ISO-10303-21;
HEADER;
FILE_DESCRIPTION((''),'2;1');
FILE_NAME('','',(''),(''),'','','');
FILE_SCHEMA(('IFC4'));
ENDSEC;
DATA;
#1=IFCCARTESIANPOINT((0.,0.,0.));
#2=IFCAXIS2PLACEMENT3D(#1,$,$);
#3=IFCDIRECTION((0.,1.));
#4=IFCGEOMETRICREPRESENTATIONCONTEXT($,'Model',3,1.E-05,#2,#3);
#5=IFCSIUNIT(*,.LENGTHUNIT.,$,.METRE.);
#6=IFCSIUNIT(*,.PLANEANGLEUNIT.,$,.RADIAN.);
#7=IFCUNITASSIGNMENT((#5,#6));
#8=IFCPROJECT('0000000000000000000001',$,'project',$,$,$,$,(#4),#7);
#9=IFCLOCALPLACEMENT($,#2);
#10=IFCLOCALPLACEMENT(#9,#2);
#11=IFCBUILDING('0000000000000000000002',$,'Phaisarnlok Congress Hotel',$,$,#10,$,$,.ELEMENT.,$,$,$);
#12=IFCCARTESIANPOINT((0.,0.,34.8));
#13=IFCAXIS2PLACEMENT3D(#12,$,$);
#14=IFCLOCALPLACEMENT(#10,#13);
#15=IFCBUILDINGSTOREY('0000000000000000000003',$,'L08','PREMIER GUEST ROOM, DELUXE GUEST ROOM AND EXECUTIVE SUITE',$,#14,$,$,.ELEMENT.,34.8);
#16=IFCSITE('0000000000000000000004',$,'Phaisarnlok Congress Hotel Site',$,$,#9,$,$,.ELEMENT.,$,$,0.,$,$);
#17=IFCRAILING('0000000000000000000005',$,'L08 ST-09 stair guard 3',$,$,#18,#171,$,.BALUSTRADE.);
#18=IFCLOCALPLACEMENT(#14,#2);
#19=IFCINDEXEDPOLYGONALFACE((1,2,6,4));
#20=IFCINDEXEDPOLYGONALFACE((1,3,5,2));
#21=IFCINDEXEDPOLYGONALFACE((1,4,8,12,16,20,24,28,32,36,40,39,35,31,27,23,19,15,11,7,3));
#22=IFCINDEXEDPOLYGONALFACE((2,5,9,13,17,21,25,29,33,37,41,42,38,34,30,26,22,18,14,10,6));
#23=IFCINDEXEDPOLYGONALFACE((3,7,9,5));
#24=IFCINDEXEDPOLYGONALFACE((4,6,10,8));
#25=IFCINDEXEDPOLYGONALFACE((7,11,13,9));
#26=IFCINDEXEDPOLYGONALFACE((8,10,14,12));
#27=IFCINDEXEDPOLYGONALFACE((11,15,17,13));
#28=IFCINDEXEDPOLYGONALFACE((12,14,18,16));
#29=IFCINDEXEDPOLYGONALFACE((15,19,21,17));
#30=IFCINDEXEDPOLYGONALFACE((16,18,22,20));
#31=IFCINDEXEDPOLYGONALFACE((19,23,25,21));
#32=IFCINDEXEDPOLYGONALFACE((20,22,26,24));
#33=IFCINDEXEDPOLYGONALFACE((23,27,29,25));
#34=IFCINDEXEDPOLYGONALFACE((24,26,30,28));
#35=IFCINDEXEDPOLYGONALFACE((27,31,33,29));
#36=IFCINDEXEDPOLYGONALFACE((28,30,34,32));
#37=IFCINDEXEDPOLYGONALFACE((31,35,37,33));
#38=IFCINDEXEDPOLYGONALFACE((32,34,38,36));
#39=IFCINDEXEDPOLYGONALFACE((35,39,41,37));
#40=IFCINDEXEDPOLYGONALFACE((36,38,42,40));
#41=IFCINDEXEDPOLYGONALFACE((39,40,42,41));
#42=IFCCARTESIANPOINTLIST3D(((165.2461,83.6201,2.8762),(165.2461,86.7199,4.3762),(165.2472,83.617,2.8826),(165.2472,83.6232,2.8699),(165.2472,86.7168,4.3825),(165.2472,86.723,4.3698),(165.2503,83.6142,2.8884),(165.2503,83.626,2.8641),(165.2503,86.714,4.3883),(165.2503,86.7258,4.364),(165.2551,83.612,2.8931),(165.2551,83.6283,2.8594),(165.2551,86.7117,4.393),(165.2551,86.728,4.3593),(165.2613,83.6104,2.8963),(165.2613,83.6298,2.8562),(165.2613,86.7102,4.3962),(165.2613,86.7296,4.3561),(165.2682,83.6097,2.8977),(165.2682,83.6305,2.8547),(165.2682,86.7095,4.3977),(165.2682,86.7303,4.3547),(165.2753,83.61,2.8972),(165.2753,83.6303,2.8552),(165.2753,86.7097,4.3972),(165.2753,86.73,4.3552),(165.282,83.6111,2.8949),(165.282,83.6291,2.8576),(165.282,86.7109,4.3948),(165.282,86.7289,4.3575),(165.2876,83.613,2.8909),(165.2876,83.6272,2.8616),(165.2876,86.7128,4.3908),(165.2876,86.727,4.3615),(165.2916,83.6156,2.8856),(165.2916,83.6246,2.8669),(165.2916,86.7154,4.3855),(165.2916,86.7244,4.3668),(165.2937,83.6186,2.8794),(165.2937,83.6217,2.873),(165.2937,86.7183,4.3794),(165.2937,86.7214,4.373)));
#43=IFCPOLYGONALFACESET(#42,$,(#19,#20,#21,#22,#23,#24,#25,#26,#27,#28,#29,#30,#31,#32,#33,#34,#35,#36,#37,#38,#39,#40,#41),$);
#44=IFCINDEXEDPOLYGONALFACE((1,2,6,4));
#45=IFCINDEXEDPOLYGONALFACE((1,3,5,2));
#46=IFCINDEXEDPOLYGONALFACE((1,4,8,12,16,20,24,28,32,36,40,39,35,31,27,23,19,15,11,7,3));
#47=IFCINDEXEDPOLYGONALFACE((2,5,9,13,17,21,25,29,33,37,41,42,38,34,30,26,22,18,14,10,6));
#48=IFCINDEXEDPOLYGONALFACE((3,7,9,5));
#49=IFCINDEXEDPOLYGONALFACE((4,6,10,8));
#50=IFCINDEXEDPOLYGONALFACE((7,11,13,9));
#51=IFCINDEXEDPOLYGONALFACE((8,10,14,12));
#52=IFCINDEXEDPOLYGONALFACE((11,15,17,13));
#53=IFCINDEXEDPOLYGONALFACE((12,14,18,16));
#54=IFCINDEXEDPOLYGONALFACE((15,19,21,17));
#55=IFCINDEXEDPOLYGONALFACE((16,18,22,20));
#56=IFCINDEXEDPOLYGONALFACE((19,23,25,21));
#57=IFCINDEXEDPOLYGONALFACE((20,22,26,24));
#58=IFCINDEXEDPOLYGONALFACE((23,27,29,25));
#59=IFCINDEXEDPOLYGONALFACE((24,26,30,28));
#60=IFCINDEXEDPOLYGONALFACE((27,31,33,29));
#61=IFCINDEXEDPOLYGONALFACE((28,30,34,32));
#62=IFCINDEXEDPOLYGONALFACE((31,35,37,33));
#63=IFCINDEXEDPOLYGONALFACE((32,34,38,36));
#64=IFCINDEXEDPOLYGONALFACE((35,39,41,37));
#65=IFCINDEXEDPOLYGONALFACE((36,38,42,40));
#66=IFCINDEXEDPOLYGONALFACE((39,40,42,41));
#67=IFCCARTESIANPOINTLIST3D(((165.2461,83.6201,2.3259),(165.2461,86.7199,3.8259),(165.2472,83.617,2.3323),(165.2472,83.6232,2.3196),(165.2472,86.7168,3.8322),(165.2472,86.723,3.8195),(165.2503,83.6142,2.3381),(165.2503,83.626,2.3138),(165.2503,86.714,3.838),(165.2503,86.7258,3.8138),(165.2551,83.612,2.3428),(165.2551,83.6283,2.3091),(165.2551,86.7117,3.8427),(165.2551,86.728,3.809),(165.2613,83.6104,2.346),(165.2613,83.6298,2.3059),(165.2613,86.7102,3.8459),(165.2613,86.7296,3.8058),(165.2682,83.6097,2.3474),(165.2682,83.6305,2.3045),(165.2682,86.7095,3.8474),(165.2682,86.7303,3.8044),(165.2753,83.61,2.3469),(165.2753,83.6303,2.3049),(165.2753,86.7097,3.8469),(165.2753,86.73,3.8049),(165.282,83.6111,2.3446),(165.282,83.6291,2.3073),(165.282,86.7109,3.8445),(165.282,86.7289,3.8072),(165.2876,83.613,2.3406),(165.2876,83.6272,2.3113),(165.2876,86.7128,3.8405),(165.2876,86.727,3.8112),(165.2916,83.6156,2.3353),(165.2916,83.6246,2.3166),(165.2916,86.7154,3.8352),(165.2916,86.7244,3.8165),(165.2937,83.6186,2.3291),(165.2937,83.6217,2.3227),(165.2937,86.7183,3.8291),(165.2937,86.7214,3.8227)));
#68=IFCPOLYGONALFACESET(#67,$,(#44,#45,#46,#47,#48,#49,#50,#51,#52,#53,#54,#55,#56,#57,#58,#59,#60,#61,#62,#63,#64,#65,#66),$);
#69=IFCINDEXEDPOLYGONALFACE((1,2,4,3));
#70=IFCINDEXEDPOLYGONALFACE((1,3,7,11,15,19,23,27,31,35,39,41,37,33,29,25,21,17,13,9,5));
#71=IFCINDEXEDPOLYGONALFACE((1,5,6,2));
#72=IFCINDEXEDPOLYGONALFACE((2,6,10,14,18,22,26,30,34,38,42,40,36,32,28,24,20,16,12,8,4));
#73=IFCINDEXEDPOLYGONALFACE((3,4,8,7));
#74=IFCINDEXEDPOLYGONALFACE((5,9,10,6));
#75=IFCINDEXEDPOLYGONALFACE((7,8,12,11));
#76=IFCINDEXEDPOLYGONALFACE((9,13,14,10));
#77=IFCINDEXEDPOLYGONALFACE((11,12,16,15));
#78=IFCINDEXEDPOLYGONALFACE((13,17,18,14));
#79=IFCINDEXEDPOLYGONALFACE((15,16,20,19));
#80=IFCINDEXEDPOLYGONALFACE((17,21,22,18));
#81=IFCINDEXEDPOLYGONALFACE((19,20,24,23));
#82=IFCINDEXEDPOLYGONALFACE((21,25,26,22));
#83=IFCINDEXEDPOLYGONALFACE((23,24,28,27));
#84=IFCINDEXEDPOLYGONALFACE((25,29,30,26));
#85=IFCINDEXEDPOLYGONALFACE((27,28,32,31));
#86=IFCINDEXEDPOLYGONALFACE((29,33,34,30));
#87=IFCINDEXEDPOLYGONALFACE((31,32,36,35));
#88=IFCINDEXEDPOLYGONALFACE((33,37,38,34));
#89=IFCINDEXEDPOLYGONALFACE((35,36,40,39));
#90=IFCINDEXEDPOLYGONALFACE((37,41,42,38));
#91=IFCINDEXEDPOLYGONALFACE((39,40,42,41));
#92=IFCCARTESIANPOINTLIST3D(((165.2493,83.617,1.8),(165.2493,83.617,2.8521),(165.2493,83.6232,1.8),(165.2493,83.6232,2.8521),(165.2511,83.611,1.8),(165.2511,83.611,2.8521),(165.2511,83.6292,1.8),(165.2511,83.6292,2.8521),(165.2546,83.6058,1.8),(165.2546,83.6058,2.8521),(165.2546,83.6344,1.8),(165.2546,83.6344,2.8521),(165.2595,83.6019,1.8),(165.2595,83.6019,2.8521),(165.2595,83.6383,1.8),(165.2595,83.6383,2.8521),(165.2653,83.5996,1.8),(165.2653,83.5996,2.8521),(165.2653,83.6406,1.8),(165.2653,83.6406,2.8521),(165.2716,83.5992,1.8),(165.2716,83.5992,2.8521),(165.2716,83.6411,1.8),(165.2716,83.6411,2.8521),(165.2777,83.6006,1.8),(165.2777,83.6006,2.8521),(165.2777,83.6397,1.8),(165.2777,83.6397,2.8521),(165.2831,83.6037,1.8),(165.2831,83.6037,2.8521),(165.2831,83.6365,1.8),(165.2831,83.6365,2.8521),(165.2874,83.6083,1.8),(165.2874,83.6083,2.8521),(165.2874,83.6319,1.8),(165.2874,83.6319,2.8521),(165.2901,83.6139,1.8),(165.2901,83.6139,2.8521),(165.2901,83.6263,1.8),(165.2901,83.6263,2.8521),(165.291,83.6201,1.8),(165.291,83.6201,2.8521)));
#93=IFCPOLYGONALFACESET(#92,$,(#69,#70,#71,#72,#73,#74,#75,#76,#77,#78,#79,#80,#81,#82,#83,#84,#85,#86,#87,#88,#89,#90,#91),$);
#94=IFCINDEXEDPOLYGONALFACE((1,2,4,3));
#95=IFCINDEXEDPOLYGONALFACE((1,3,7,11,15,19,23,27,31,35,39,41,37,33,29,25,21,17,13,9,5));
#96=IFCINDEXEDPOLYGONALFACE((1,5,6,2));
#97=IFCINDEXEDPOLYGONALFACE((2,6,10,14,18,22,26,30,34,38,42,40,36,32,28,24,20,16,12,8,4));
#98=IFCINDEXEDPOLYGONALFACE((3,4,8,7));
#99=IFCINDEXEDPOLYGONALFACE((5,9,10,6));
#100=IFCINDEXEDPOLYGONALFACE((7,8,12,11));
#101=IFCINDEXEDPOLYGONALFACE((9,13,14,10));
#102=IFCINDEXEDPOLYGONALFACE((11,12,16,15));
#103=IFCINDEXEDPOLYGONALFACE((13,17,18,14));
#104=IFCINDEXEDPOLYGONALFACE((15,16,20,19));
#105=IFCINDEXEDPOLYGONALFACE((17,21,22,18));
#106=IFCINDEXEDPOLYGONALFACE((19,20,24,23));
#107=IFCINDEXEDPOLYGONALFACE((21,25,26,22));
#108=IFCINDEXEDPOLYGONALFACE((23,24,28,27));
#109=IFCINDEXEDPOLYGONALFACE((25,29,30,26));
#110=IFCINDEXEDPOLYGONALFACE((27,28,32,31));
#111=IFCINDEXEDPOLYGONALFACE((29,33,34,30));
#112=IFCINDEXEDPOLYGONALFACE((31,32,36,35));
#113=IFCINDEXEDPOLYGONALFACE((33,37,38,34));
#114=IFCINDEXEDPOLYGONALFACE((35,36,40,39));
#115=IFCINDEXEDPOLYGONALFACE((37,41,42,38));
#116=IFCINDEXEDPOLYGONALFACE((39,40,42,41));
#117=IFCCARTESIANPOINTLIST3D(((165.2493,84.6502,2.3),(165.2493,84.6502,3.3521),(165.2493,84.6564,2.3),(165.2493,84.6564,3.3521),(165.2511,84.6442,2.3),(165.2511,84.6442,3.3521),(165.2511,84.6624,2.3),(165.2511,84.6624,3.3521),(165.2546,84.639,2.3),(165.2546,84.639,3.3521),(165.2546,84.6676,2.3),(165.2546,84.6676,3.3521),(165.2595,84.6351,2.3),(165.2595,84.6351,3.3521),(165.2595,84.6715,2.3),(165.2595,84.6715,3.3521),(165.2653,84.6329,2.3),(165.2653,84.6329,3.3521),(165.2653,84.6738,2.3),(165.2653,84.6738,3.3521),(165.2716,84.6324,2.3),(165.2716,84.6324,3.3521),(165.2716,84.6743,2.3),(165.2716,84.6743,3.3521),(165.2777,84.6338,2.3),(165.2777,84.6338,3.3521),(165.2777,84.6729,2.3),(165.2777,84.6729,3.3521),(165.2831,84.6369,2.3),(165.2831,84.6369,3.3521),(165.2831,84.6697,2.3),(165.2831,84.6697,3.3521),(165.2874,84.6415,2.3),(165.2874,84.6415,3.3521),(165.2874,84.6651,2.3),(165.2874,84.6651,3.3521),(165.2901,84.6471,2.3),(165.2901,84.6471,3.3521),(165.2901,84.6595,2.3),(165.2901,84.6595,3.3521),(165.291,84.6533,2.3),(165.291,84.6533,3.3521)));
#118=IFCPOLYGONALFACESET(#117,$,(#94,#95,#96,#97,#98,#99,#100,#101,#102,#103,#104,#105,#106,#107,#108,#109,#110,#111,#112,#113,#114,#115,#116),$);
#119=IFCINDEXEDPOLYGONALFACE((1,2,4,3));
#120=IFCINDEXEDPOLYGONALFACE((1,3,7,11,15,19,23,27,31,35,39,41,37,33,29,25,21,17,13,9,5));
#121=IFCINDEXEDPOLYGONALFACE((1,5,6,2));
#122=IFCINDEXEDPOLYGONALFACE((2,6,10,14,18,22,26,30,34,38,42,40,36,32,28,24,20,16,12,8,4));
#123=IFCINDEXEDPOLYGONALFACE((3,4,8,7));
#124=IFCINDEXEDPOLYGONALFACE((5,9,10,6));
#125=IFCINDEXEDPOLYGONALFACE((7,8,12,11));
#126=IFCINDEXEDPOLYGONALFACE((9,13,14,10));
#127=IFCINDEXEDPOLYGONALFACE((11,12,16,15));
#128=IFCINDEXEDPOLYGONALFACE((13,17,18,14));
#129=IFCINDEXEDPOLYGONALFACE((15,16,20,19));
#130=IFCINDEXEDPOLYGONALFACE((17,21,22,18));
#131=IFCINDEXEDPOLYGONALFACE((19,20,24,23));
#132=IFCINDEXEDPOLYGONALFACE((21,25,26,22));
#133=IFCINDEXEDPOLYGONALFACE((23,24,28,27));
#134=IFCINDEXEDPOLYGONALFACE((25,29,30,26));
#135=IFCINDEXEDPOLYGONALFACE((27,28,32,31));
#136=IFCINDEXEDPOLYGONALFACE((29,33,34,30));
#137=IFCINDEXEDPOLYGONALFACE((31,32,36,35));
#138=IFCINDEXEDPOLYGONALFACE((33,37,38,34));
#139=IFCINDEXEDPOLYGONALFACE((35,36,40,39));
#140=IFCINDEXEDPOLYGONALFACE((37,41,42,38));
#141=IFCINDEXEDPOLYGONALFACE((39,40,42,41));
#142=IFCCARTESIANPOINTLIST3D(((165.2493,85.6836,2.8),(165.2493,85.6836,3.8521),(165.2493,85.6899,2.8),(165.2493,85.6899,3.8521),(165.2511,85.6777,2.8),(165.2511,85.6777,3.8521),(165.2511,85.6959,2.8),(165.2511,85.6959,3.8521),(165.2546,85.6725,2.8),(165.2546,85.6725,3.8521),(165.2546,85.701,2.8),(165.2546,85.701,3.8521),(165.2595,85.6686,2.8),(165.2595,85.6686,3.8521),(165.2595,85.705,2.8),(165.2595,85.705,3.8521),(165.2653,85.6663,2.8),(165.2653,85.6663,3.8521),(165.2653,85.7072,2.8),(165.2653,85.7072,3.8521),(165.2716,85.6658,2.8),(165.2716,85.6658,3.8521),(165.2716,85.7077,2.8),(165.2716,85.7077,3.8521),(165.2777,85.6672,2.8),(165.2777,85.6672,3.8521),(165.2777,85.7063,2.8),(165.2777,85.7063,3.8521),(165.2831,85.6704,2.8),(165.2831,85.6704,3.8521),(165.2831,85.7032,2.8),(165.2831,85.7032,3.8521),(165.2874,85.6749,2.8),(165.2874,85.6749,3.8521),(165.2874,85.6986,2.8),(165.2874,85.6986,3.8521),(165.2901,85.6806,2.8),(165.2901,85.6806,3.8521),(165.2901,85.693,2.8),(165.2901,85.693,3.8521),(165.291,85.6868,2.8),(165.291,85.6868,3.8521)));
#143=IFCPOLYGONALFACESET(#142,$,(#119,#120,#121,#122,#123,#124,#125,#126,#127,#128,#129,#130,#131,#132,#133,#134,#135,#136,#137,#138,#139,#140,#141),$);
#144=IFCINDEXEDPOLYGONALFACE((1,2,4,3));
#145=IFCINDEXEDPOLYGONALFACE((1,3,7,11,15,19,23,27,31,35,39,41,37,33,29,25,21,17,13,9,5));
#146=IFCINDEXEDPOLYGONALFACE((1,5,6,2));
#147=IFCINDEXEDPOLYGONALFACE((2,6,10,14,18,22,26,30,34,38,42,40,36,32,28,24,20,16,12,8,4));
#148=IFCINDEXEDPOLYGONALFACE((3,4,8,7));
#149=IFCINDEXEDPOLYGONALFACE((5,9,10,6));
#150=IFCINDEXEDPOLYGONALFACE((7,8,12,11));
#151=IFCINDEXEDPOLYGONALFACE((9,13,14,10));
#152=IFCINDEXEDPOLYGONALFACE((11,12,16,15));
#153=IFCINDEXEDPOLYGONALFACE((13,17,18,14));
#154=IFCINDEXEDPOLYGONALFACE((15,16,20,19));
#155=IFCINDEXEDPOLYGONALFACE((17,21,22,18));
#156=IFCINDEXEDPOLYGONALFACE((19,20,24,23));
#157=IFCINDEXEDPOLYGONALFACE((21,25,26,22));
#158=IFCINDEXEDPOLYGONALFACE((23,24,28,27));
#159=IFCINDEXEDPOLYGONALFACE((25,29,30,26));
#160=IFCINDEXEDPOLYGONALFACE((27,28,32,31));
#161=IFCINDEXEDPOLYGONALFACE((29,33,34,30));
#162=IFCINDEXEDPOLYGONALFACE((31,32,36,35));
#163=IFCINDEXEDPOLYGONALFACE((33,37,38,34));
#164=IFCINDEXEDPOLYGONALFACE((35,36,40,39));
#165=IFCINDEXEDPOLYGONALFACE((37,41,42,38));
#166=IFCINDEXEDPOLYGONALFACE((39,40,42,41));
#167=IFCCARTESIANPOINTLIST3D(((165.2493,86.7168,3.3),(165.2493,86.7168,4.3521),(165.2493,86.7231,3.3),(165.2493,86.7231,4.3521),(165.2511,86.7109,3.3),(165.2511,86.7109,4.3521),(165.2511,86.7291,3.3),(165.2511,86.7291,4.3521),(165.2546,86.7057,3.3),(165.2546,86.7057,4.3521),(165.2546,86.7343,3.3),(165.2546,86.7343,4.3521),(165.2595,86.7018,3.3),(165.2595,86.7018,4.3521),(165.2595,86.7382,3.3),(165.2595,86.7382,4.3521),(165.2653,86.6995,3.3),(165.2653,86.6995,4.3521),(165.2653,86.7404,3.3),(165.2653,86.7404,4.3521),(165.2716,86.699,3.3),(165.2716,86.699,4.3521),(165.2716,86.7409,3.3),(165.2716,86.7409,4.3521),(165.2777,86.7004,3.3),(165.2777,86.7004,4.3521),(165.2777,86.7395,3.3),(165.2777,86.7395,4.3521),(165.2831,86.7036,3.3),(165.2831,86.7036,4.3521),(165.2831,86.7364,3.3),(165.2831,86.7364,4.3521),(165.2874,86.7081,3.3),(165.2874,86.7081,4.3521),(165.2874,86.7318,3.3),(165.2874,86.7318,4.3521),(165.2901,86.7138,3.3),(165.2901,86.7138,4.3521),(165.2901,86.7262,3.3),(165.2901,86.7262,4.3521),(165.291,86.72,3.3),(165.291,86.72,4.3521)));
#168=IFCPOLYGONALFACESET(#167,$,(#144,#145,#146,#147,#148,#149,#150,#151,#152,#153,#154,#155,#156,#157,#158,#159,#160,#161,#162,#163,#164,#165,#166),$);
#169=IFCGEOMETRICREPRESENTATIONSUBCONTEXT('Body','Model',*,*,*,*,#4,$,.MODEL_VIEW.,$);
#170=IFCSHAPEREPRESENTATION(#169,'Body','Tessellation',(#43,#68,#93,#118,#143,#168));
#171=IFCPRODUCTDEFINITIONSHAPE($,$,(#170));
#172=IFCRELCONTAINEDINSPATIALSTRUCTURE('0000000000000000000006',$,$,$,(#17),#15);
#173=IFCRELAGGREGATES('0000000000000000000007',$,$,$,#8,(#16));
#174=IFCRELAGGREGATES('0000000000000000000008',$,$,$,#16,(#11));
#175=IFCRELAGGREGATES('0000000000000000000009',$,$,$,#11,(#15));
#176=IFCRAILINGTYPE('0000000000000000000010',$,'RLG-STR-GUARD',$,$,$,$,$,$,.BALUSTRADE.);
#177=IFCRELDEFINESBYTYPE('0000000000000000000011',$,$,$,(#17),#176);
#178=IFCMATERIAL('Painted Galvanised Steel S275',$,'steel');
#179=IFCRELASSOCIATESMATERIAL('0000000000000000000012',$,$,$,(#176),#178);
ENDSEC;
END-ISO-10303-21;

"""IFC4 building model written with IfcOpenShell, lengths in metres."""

from ifc_helpers import new_model, si_unit, direction, frame, origin, origin_2d, place, context, subcontext, project, spatial, circle, extrude, material, type_object, element, save


model = new_model("IFC4")

# Units and contexts
model_context = context("Model", 3, precision=1e-05, world=origin(), true_north=direction((0.0, 1.0)))
body_context = subcontext(model_context, "Body", "Model", "MODEL_VIEW")
ifc_project = project(units=[si_unit("LENGTHUNIT", "METRE"), si_unit("PLANEANGLEUNIT", "RADIAN")], contexts=[model_context])

# Site, building, storey
site_placement = place(None, origin())
site = spatial("IfcSite", under=ifc_project, at=site_placement, Name="Phaisarnlok Congress Hotel Site", CompositionType="ELEMENT", RefElevation=0.0)
building_placement = place(site_placement, origin())
building = spatial("IfcBuilding", under=site, at=building_placement, Name="Phaisarnlok Congress Hotel", CompositionType="ELEMENT")
storey_placement = place(building_placement, frame((0.0, 0.0, 34.8)))
storey = spatial("IfcBuildingStorey", under=building, at=storey_placement, Name="L08", Description="PREMIER GUEST ROOM, DELUXE GUEST ROOM AND EXECUTIVE SUITE", CompositionType="ELEMENT", Elevation=34.8)

# Railing
ifc_material_1 = material(Name="Painted Galvanised Steel S275", Category="steel")
railing_type_1 = type_object("IfcRailingType", Name="RLG-STR-GUARD", PredefinedType="BALUSTRADE", material=ifc_material_1)
railing_1_placement = place(storey_placement, frame((165.27, 83.6201, 1.8)))
element("IfcRailing", 1, at=railing_1_placement, inside=storey, type_object=railing_type_1, Name="L08 ST-09 stair guard 3", PredefinedType="BALUSTRADE", context=body_context, shape_type="SweptSolid", body=[
    extrude(circle(Radius=0.0239, at=origin_2d()), frame((0.0, 0.0, 1.0762), z_axis=(0.0, 0.900151, 0.435578), x_axis=(-1.0, 0.0, 0.0)), (0.0, 0.0, 1.0), 3.4436),
    extrude(circle(Radius=0.0239, at=origin_2d()), frame((0.0, 0.0, 0.5259), z_axis=(0.0, 0.900151, 0.435578), x_axis=(-1.0, 0.0, 0.0)), (0.0, 0.0, 1.0), 3.4436),
    extrude(circle(Radius=0.021, at=origin_2d()), origin(), (0.0, 0.0, 1.0), 1.052),
    extrude(circle(Radius=0.021, at=origin_2d()), frame((0.0, 1.0332, 0.5)), (0.0, 0.0, 1.0), 1.052),
    extrude(circle(Radius=0.021, at=origin_2d()), frame((0.0, 2.0667, 1.0)), (0.0, 0.0, 1.0), 1.052),
    extrude(circle(Radius=0.021, at=origin_2d()), frame((0.0, 3.0999, 1.5)), (0.0, 0.0, 1.0), 1.052),
])

save(model, "model.ifc")
